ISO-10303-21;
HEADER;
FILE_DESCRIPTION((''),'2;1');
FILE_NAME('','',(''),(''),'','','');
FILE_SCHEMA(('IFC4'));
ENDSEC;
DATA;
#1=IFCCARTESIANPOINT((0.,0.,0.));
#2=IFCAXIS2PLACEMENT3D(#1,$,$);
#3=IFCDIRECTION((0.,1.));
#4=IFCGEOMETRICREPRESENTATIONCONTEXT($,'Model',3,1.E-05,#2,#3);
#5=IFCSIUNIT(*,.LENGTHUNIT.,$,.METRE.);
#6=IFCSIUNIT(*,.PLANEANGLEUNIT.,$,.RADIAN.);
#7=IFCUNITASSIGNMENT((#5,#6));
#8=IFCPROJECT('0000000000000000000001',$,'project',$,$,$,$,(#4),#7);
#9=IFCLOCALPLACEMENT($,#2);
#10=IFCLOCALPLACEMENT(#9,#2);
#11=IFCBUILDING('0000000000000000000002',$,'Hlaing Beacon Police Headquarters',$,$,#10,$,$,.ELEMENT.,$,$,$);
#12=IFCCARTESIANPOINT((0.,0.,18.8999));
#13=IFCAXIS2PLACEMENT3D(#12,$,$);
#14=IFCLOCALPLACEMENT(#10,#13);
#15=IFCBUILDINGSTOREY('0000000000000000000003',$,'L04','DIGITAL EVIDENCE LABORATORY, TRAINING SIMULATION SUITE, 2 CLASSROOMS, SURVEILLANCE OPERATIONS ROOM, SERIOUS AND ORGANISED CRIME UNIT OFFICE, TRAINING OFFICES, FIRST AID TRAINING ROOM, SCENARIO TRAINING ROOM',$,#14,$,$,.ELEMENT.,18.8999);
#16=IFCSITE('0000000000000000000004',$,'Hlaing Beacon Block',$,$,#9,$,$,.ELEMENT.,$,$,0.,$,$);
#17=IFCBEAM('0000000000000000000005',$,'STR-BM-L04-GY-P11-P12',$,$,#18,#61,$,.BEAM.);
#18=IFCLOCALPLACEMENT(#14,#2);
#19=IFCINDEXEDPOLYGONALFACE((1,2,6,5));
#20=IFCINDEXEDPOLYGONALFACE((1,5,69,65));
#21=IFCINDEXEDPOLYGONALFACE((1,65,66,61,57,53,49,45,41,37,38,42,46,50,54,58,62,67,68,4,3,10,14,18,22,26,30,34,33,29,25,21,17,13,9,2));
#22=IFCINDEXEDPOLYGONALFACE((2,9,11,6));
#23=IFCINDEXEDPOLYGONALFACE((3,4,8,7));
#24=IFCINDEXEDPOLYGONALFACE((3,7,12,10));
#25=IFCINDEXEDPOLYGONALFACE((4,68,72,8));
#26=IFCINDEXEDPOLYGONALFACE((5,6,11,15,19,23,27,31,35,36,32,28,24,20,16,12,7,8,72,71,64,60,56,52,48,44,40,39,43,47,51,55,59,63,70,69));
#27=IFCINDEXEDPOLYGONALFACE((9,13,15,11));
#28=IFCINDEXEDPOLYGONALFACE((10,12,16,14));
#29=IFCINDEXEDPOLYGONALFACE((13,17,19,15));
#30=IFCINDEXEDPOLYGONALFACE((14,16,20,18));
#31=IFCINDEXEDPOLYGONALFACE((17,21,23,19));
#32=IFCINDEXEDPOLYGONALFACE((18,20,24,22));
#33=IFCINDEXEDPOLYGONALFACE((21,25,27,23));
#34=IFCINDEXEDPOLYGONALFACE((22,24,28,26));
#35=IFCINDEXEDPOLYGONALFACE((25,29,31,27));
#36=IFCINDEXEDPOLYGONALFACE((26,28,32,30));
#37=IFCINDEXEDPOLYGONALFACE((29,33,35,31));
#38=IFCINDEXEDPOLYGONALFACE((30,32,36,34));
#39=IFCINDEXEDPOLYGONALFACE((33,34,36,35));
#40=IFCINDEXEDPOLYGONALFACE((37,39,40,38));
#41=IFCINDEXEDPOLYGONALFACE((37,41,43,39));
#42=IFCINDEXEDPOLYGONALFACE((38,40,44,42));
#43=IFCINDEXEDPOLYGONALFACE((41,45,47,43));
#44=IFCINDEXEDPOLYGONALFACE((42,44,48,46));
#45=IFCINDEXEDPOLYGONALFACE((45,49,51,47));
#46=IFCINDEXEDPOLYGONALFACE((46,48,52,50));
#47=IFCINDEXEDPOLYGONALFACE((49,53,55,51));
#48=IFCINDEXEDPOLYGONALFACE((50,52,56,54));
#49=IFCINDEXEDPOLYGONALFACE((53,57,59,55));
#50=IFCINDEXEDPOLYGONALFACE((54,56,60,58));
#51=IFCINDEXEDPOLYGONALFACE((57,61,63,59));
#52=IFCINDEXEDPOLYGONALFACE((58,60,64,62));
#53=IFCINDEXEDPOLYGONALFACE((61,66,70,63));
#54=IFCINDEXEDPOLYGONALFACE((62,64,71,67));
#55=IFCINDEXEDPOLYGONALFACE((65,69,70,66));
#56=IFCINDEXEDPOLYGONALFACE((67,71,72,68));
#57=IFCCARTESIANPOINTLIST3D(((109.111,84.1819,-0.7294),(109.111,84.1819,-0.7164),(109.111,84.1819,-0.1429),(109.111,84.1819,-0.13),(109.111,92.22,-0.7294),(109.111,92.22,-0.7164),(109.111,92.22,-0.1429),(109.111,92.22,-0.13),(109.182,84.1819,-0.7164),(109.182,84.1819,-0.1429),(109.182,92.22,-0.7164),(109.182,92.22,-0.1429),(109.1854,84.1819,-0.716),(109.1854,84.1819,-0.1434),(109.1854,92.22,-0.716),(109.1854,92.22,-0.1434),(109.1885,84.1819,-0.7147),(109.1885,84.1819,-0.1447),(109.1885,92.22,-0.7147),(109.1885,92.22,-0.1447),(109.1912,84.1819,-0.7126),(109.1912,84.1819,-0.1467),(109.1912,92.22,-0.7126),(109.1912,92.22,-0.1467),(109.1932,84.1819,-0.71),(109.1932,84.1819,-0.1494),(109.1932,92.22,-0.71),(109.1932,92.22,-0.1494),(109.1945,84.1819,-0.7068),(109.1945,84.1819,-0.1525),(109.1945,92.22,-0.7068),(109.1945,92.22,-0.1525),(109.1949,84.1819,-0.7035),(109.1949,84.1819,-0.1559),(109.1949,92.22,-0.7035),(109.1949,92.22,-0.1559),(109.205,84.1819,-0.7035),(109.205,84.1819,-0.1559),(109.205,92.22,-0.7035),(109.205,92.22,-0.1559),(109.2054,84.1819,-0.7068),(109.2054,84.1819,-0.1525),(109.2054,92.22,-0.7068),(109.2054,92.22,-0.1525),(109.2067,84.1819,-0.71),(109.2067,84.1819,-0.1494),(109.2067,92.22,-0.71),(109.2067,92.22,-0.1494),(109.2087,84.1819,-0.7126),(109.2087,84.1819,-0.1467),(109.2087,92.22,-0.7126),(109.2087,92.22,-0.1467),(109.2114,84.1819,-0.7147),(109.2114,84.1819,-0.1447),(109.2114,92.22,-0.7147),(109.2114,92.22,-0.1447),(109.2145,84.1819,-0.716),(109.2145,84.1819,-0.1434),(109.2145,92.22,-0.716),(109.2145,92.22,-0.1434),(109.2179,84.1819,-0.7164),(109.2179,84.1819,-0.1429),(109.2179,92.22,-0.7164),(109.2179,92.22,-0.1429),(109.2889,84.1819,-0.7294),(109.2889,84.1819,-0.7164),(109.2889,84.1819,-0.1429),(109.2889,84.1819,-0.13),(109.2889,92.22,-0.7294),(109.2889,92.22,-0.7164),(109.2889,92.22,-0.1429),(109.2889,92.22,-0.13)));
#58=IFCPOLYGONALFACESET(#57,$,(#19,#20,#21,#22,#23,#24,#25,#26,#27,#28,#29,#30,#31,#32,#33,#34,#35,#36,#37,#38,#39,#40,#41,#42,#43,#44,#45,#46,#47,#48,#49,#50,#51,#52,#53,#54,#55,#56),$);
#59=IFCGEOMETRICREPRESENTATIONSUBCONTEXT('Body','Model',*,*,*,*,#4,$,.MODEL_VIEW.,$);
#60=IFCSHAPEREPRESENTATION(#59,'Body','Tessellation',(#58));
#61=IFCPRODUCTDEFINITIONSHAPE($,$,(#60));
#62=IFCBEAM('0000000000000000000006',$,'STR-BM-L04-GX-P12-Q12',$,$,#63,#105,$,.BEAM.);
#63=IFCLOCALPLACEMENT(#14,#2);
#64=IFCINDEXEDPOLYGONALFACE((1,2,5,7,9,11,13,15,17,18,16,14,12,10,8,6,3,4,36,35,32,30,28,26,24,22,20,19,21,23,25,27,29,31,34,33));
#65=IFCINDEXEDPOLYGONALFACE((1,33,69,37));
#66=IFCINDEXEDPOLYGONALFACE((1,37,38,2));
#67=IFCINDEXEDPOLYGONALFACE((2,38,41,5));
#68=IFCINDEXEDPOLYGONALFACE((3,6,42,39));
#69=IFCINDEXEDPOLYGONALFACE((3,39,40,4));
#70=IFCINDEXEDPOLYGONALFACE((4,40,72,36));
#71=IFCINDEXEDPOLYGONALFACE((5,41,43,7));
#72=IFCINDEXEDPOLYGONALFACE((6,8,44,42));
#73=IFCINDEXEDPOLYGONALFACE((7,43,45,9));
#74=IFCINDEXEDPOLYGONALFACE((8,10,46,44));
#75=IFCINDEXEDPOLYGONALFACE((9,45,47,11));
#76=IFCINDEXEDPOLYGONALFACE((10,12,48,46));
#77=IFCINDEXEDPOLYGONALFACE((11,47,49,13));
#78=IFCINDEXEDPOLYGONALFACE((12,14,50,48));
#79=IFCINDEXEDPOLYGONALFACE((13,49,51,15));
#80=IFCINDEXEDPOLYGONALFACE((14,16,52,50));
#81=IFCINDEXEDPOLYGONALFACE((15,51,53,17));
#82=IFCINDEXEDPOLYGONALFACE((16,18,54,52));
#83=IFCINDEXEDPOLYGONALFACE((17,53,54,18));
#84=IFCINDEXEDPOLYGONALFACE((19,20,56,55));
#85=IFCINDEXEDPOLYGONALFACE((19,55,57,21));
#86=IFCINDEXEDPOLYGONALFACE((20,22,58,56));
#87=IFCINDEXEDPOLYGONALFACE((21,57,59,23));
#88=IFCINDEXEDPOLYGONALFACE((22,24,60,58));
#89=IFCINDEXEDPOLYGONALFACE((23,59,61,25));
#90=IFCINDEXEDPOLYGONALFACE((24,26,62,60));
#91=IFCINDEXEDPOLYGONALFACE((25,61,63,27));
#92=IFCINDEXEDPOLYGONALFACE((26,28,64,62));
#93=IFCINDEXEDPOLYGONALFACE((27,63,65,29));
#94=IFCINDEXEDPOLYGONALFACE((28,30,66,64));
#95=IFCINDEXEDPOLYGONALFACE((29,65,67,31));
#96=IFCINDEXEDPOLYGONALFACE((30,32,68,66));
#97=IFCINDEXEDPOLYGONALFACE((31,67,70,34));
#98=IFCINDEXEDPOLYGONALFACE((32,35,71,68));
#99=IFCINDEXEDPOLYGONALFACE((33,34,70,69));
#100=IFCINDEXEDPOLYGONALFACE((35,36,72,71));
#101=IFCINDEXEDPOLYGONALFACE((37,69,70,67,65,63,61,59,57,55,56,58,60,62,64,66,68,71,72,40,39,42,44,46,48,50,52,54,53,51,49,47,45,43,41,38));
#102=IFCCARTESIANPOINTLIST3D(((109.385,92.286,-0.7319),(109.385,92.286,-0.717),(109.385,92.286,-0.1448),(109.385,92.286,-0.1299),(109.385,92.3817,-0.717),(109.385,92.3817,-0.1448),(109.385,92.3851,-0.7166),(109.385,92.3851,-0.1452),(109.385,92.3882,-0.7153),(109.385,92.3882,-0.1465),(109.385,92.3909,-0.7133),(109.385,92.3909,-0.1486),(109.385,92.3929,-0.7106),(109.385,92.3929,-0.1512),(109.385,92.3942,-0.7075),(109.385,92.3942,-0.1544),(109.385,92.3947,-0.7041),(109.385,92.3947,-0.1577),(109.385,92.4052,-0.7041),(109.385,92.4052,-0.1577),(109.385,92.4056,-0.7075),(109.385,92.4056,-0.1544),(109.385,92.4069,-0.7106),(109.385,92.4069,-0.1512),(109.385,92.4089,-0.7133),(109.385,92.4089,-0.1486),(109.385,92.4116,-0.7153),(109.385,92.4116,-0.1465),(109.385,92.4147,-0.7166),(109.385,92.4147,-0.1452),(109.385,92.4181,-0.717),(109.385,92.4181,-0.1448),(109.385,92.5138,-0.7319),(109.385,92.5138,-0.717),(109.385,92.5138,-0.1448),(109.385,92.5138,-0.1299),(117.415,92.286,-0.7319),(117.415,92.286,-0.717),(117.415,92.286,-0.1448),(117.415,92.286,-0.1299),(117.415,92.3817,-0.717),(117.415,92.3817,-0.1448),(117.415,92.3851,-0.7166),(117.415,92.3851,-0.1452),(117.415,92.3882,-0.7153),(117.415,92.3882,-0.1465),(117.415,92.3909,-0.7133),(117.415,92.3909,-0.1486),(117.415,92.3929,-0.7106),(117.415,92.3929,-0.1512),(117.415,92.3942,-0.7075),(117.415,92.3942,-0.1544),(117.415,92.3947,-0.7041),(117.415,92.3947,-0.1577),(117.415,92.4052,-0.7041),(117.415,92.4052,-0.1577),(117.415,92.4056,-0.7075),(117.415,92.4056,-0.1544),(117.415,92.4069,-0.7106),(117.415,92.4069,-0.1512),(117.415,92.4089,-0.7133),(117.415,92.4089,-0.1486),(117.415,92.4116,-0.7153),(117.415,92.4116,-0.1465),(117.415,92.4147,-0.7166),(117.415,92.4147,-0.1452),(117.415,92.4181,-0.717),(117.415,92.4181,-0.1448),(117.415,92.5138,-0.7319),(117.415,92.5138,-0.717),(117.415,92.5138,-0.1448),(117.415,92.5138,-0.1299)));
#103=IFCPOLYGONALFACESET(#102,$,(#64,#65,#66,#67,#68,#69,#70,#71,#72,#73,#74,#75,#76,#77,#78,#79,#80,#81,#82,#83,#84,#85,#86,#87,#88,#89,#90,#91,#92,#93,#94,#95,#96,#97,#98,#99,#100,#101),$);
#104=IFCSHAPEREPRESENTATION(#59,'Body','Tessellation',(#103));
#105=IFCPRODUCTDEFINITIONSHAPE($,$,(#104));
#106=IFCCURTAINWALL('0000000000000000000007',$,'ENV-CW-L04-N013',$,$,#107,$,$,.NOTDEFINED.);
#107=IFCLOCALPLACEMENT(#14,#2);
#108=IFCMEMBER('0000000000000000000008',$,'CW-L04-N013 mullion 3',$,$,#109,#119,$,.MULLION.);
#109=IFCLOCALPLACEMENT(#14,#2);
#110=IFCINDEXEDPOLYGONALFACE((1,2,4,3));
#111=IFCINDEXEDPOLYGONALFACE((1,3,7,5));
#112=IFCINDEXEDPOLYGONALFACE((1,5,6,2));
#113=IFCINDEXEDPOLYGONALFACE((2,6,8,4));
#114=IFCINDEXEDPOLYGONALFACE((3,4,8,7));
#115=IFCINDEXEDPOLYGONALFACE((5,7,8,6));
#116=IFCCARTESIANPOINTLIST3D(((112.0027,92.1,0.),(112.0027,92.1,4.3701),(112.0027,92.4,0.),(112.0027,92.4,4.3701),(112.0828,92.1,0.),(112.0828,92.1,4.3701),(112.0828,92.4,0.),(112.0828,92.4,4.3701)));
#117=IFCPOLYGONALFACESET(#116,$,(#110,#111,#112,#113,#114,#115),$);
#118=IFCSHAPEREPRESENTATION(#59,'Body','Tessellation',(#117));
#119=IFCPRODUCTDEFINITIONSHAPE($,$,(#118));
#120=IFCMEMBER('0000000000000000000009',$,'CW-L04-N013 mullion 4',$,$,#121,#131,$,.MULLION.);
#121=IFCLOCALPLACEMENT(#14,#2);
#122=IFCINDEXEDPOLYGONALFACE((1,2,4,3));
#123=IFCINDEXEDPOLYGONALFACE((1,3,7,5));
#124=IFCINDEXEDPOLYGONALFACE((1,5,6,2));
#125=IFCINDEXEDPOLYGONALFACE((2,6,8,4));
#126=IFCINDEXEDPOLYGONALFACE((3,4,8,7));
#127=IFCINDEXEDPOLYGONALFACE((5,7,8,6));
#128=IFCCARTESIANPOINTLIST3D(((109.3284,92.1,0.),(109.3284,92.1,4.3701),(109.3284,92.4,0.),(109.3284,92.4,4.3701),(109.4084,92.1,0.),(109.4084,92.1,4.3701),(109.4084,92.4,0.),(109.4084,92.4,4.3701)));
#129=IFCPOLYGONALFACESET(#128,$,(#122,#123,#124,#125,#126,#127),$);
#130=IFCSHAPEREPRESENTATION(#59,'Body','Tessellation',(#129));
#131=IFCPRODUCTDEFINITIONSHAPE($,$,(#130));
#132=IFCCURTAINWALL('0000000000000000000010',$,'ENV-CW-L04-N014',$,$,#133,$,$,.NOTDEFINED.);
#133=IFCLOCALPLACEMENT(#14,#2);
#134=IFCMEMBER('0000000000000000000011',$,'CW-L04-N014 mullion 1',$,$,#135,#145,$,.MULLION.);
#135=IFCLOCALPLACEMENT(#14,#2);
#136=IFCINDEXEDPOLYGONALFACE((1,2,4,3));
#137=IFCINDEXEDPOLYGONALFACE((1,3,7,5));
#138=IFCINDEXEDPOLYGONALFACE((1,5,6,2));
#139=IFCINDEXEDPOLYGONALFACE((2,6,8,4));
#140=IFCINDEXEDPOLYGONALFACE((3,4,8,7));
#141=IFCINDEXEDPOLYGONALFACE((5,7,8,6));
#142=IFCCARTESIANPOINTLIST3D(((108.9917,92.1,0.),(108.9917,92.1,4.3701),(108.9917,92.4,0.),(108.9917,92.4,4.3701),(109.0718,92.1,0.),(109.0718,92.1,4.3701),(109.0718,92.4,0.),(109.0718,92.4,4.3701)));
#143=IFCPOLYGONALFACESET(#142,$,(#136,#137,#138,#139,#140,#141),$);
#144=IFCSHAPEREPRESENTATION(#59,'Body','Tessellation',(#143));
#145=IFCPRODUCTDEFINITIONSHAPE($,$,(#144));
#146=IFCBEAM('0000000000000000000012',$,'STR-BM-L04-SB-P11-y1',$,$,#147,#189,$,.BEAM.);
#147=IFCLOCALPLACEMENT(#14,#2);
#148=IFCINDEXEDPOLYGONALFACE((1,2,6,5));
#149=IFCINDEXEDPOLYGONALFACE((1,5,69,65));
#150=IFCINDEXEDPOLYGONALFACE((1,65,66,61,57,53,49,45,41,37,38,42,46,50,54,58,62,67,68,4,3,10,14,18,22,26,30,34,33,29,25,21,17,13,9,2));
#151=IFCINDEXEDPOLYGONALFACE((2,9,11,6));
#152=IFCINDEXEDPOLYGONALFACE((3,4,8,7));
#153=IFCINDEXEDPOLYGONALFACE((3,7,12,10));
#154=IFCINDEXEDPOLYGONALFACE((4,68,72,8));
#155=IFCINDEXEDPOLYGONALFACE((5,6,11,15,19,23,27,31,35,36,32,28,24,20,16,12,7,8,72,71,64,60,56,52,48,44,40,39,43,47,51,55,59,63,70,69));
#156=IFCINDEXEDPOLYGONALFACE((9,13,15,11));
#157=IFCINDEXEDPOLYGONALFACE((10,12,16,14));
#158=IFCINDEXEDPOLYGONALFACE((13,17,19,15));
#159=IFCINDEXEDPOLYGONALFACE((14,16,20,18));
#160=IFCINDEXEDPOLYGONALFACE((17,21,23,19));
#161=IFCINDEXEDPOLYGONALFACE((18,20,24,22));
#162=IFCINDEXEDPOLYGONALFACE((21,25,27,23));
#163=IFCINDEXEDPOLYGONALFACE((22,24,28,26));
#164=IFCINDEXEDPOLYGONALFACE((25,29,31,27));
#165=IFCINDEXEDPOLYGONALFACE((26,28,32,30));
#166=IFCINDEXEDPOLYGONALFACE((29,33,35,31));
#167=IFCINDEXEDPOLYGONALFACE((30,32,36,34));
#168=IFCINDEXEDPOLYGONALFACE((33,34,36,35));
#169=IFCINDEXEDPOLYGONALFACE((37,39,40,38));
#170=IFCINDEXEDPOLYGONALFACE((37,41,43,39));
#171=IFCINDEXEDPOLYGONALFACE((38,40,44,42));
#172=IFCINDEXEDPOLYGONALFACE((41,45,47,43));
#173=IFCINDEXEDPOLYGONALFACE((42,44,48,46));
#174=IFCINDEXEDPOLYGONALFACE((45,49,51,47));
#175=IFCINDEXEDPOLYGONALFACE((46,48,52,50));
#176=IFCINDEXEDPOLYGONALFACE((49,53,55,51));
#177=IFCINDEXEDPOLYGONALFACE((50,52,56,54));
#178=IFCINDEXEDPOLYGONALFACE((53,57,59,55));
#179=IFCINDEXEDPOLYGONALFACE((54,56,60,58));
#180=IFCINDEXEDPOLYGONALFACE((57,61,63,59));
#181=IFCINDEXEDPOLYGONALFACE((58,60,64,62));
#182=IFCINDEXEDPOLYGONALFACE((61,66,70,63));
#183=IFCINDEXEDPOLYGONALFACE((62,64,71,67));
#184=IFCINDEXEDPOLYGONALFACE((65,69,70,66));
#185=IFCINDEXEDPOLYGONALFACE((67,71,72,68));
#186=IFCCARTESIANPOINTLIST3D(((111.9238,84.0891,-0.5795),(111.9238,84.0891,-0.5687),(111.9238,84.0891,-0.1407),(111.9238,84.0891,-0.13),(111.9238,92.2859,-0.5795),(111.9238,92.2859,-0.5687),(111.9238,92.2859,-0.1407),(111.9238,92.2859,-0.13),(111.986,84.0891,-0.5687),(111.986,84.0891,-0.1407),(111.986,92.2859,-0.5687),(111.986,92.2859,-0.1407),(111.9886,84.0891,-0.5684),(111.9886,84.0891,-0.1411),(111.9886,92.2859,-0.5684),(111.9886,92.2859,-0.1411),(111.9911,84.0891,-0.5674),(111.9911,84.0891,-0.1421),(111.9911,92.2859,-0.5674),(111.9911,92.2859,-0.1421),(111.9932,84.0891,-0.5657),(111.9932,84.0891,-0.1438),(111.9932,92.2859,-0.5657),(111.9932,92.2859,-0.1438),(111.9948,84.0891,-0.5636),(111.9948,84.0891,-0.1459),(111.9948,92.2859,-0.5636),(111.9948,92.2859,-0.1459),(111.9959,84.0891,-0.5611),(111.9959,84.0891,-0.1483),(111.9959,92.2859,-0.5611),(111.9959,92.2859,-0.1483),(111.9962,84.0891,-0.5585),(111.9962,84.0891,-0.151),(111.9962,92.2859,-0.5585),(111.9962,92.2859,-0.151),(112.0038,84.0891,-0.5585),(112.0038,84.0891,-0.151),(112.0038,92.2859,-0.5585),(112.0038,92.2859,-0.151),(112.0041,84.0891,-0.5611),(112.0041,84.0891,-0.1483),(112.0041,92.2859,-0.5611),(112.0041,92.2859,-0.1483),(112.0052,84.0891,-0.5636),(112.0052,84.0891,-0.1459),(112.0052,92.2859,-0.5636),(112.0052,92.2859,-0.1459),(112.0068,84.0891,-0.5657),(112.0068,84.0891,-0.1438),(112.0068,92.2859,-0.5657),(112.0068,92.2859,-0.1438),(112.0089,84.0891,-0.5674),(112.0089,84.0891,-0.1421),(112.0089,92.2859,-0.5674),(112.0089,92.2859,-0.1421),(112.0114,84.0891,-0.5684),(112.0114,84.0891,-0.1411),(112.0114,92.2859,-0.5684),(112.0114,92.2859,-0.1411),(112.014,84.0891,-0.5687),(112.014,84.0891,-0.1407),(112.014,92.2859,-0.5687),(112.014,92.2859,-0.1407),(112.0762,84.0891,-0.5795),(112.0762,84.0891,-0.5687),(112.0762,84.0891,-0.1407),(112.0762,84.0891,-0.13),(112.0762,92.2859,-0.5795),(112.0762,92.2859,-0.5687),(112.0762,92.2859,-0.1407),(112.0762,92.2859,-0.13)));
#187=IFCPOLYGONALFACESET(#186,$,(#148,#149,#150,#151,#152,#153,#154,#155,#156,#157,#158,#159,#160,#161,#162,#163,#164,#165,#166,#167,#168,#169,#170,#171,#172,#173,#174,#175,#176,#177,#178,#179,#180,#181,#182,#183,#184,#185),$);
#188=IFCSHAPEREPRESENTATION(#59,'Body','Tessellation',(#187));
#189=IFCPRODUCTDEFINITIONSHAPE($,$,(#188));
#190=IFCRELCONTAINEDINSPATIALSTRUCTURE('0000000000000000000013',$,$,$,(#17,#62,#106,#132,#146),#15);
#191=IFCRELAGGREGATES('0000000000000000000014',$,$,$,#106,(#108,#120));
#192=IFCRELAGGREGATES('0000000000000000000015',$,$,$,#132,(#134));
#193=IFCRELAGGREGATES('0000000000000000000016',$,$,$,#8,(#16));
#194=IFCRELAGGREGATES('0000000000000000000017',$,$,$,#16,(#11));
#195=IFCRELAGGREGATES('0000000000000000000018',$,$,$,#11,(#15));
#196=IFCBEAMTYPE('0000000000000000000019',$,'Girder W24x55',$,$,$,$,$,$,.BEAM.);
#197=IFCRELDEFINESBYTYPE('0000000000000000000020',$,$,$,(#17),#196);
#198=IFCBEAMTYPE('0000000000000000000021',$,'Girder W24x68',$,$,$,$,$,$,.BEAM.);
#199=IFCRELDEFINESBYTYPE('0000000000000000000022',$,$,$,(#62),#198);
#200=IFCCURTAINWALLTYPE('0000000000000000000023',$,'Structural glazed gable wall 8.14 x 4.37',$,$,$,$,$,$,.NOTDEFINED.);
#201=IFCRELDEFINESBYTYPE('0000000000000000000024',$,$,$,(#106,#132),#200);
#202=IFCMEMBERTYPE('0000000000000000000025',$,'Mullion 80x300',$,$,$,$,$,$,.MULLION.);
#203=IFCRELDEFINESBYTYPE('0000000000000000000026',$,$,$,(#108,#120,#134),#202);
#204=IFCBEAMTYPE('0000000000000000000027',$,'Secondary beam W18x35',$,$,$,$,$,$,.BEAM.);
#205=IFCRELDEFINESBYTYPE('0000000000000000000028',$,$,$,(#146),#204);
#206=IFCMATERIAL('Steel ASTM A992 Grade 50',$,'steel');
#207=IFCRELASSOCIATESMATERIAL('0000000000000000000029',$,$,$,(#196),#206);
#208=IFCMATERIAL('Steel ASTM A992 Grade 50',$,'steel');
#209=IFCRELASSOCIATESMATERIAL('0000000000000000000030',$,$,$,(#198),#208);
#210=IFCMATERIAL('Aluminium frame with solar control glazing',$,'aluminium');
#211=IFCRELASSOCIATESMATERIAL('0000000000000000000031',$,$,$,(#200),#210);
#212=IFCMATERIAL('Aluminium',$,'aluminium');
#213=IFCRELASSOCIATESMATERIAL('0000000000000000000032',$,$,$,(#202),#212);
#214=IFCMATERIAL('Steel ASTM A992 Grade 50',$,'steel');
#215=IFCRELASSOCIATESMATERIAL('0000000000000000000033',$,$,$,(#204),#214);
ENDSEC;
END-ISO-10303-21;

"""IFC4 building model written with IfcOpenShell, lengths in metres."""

from ifc_helpers import new_model, si_unit, direction, frame, origin, origin_2d, place, context, subcontext, project, spatial, rectangle, i_section, extrude, material, material_profile, profile_set, type_object, element, aggregate, save


model = new_model("IFC4")

# Units and contexts
model_context = context("Model", 3, precision=1e-05, world=origin(), true_north=direction((0.0, 1.0)))
body_context = subcontext(model_context, "Body", "Model", "MODEL_VIEW")
ifc_project = project(units=[si_unit("LENGTHUNIT", "METRE"), si_unit("PLANEANGLEUNIT", "RADIAN")], contexts=[model_context])

# Site, building, storey
site_placement = place(None, origin())
site = spatial("IfcSite", under=ifc_project, at=site_placement, Name="Hlaing Beacon Block", CompositionType="ELEMENT", RefElevation=0.0)
building_placement = place(site_placement, origin())
building = spatial("IfcBuilding", under=site, at=building_placement, Name="Hlaing Beacon Police Headquarters", CompositionType="ELEMENT")
storey_placement = place(building_placement, frame((0.0, 0.0, 18.8999)))
storey = spatial("IfcBuildingStorey", under=building, at=storey_placement, Name="L04", Description="DIGITAL EVIDENCE LABORATORY, TRAINING SIMULATION SUITE, 2 CLASSROOMS, SURVEILLANCE OPERATIONS ROOM, SERIOUS AND ORGANISED CRIME UNIT OFFICE, TRAINING OFFICES, FIRST AID TRAINING ROOM, SCENARIO TRAINING ROOM", CompositionType="ELEMENT", Elevation=18.8999)

# Beams
ifc_material_1 = material(Name="Steel ASTM A992 Grade 50", Category="steel")
ifc_material_profile_1 = material_profile(ifc_material_1, i_section(OverallWidth=0.178, OverallDepth=0.5994, WebThickness=0.01, FlangeThickness=0.0129, FilletRadius=0.0129, at=origin_2d()), Name="W24x55")
ifc_profile_set_1 = profile_set([ifc_material_profile_1], Name="Steel ASTM A992 Grade 50")
beam_type_1 = type_object("IfcBeamType", Name="Girder W24x55", PredefinedType="BEAM", material=ifc_profile_set_1)
beam_1_placement = place(storey_placement, frame((109.2, 84.1819, -0.4297), z_axis=(0.0, 1.0, 0.0), x_axis=(-1.0, 0.0, 0.0)))
element("IfcBeam", 1, at=beam_1_placement, inside=storey, type_object=beam_type_1, Name="STR-BM-L04-GY-P11-P12", PredefinedType="BEAM", context=body_context, shape_type="SweptSolid", body=[
    extrude(i_section(OverallWidth=0.178, OverallDepth=0.5994, WebThickness=0.01, FlangeThickness=0.0129, FilletRadius=0.0129, at=origin_2d()), origin(), (0.0, 0.0, 1.0), 8.0381),
])
ifc_material_2 = material(Name="Steel ASTM A992 Grade 50", Category="steel")
ifc_material_profile_2 = material_profile(ifc_material_2, i_section(OverallWidth=0.2278, OverallDepth=0.6021, WebThickness=0.0105, FlangeThickness=0.0149, FilletRadius=0.0129, at=origin_2d()), Name="W24x68")
ifc_profile_set_2 = profile_set([ifc_material_profile_2], Name="Steel ASTM A992 Grade 50")
beam_type_2 = type_object("IfcBeamType", Name="Girder W24x68", PredefinedType="BEAM", material=ifc_profile_set_2)
beam_2_placement = place(storey_placement, frame((109.385, 92.3999, -0.4309), z_axis=(1.0, 0.0, 0.0), x_axis=(0.0, 1.0, 0.0)))
element("IfcBeam", 2, at=beam_2_placement, inside=storey, type_object=beam_type_2, Name="STR-BM-L04-GX-P12-Q12", PredefinedType="BEAM", context=body_context, shape_type="SweptSolid", body=[
    extrude(i_section(OverallWidth=0.2278, OverallDepth=0.6021, WebThickness=0.0105, FlangeThickness=0.0149, FilletRadius=0.0129, at=origin_2d()), origin(), (0.0, 0.0, 1.0), 8.03),
])

# Curtain wall, members
ifc_material_3 = material(Name="Aluminium frame with solar control glazing", Category="aluminium")
curtain_wall_type = type_object("IfcCurtainWallType", Name="Structural glazed gable wall 8.14 x 4.37", PredefinedType="NOTDEFINED", material=ifc_material_3)
curtain_wall_1_placement = place(storey_placement, origin())
curtain_wall_1 = element("IfcCurtainWall", 3, at=curtain_wall_1_placement, inside=storey, type_object=curtain_wall_type, Name="ENV-CW-L04-N013", PredefinedType="NOTDEFINED")
ifc_material_4 = material(Name="Aluminium", Category="aluminium")
ifc_material_profile_3 = material_profile(ifc_material_4, rectangle(XDim=0.3, YDim=0.0801, at=origin_2d()), Name="Mullion 80x300")
ifc_profile_set_3 = profile_set([ifc_material_profile_3], Name="Aluminium")
member_type_1 = type_object("IfcMemberType", Name="Mullion 80x300", PredefinedType="MULLION", material=ifc_profile_set_3)
member_1_placement = place(storey_placement, frame((112.0427, 92.25, 0.0), z_axis=(0.0, 0.0, 1.0), x_axis=(0.0, -1.0, 0.0)))
member_1 = element("IfcMember", 4, at=member_1_placement, type_object=member_type_1, Name="CW-L04-N013 mullion 3", PredefinedType="MULLION", context=body_context, shape_type="SweptSolid", body=[
    extrude(rectangle(XDim=0.3, YDim=0.0801, at=origin_2d()), origin(), (0.0, 0.0, 1.0), 4.3701),
])
member_2_placement = place(storey_placement, frame((109.3684, 92.25, 0.0), z_axis=(0.0, 0.0, 1.0), x_axis=(0.0, -1.0, 0.0)))
member_2 = element("IfcMember", 5, at=member_2_placement, type_object=member_type_1, Name="CW-L04-N013 mullion 4", PredefinedType="MULLION", context=body_context, shape_type="SweptSolid", body=[
    extrude(rectangle(XDim=0.3, YDim=0.0801, at=origin_2d()), origin(), (0.0, 0.0, 1.0), 4.3701),
])

# Curtain wall, member
curtain_wall_2_placement = place(storey_placement, origin())
curtain_wall_2 = element("IfcCurtainWall", 6, at=curtain_wall_2_placement, inside=storey, type_object=curtain_wall_type, Name="ENV-CW-L04-N014", PredefinedType="NOTDEFINED")
member_3_placement = place(storey_placement, frame((109.0317, 92.25, 0.0), z_axis=(0.0, 0.0, 1.0), x_axis=(0.0, -1.0, 0.0)))
member_3 = element("IfcMember", 7, at=member_3_placement, type_object=member_type_1, Name="CW-L04-N014 mullion 1", PredefinedType="MULLION", context=body_context, shape_type="SweptSolid", body=[
    extrude(rectangle(XDim=0.3, YDim=0.0801, at=origin_2d()), origin(), (0.0, 0.0, 1.0), 4.3701),
])

# Beam
ifc_material_5 = material(Name="Steel ASTM A992 Grade 50", Category="steel")
ifc_material_profile_4 = material_profile(ifc_material_5, i_section(OverallWidth=0.1523, OverallDepth=0.4495, WebThickness=0.0076, FlangeThickness=0.0107, FilletRadius=0.0103, at=origin_2d()), Name="W18x35")
ifc_profile_set_4 = profile_set([ifc_material_profile_4], Name="Steel ASTM A992 Grade 50")
beam_type_3 = type_object("IfcBeamType", Name="Secondary beam W18x35", PredefinedType="BEAM", material=ifc_profile_set_4)
beam_3_placement = place(storey_placement, frame((112.0, 84.0891, -0.3547), z_axis=(0.0, 1.0, 0.0), x_axis=(-1.0, 0.0, 0.0)))
element("IfcBeam", 8, at=beam_3_placement, inside=storey, type_object=beam_type_3, Name="STR-BM-L04-SB-P11-y1", PredefinedType="BEAM", context=body_context, shape_type="SweptSolid", body=[
    extrude(i_section(OverallWidth=0.1523, OverallDepth=0.4495, WebThickness=0.0076, FlangeThickness=0.0107, FilletRadius=0.0103, at=origin_2d()), origin(), (0.0, 0.0, 1.0), 8.1968),
])

aggregate(curtain_wall_1, [member_1, member_2])
aggregate(curtain_wall_2, [member_3])

save(model, "model.ifc")
